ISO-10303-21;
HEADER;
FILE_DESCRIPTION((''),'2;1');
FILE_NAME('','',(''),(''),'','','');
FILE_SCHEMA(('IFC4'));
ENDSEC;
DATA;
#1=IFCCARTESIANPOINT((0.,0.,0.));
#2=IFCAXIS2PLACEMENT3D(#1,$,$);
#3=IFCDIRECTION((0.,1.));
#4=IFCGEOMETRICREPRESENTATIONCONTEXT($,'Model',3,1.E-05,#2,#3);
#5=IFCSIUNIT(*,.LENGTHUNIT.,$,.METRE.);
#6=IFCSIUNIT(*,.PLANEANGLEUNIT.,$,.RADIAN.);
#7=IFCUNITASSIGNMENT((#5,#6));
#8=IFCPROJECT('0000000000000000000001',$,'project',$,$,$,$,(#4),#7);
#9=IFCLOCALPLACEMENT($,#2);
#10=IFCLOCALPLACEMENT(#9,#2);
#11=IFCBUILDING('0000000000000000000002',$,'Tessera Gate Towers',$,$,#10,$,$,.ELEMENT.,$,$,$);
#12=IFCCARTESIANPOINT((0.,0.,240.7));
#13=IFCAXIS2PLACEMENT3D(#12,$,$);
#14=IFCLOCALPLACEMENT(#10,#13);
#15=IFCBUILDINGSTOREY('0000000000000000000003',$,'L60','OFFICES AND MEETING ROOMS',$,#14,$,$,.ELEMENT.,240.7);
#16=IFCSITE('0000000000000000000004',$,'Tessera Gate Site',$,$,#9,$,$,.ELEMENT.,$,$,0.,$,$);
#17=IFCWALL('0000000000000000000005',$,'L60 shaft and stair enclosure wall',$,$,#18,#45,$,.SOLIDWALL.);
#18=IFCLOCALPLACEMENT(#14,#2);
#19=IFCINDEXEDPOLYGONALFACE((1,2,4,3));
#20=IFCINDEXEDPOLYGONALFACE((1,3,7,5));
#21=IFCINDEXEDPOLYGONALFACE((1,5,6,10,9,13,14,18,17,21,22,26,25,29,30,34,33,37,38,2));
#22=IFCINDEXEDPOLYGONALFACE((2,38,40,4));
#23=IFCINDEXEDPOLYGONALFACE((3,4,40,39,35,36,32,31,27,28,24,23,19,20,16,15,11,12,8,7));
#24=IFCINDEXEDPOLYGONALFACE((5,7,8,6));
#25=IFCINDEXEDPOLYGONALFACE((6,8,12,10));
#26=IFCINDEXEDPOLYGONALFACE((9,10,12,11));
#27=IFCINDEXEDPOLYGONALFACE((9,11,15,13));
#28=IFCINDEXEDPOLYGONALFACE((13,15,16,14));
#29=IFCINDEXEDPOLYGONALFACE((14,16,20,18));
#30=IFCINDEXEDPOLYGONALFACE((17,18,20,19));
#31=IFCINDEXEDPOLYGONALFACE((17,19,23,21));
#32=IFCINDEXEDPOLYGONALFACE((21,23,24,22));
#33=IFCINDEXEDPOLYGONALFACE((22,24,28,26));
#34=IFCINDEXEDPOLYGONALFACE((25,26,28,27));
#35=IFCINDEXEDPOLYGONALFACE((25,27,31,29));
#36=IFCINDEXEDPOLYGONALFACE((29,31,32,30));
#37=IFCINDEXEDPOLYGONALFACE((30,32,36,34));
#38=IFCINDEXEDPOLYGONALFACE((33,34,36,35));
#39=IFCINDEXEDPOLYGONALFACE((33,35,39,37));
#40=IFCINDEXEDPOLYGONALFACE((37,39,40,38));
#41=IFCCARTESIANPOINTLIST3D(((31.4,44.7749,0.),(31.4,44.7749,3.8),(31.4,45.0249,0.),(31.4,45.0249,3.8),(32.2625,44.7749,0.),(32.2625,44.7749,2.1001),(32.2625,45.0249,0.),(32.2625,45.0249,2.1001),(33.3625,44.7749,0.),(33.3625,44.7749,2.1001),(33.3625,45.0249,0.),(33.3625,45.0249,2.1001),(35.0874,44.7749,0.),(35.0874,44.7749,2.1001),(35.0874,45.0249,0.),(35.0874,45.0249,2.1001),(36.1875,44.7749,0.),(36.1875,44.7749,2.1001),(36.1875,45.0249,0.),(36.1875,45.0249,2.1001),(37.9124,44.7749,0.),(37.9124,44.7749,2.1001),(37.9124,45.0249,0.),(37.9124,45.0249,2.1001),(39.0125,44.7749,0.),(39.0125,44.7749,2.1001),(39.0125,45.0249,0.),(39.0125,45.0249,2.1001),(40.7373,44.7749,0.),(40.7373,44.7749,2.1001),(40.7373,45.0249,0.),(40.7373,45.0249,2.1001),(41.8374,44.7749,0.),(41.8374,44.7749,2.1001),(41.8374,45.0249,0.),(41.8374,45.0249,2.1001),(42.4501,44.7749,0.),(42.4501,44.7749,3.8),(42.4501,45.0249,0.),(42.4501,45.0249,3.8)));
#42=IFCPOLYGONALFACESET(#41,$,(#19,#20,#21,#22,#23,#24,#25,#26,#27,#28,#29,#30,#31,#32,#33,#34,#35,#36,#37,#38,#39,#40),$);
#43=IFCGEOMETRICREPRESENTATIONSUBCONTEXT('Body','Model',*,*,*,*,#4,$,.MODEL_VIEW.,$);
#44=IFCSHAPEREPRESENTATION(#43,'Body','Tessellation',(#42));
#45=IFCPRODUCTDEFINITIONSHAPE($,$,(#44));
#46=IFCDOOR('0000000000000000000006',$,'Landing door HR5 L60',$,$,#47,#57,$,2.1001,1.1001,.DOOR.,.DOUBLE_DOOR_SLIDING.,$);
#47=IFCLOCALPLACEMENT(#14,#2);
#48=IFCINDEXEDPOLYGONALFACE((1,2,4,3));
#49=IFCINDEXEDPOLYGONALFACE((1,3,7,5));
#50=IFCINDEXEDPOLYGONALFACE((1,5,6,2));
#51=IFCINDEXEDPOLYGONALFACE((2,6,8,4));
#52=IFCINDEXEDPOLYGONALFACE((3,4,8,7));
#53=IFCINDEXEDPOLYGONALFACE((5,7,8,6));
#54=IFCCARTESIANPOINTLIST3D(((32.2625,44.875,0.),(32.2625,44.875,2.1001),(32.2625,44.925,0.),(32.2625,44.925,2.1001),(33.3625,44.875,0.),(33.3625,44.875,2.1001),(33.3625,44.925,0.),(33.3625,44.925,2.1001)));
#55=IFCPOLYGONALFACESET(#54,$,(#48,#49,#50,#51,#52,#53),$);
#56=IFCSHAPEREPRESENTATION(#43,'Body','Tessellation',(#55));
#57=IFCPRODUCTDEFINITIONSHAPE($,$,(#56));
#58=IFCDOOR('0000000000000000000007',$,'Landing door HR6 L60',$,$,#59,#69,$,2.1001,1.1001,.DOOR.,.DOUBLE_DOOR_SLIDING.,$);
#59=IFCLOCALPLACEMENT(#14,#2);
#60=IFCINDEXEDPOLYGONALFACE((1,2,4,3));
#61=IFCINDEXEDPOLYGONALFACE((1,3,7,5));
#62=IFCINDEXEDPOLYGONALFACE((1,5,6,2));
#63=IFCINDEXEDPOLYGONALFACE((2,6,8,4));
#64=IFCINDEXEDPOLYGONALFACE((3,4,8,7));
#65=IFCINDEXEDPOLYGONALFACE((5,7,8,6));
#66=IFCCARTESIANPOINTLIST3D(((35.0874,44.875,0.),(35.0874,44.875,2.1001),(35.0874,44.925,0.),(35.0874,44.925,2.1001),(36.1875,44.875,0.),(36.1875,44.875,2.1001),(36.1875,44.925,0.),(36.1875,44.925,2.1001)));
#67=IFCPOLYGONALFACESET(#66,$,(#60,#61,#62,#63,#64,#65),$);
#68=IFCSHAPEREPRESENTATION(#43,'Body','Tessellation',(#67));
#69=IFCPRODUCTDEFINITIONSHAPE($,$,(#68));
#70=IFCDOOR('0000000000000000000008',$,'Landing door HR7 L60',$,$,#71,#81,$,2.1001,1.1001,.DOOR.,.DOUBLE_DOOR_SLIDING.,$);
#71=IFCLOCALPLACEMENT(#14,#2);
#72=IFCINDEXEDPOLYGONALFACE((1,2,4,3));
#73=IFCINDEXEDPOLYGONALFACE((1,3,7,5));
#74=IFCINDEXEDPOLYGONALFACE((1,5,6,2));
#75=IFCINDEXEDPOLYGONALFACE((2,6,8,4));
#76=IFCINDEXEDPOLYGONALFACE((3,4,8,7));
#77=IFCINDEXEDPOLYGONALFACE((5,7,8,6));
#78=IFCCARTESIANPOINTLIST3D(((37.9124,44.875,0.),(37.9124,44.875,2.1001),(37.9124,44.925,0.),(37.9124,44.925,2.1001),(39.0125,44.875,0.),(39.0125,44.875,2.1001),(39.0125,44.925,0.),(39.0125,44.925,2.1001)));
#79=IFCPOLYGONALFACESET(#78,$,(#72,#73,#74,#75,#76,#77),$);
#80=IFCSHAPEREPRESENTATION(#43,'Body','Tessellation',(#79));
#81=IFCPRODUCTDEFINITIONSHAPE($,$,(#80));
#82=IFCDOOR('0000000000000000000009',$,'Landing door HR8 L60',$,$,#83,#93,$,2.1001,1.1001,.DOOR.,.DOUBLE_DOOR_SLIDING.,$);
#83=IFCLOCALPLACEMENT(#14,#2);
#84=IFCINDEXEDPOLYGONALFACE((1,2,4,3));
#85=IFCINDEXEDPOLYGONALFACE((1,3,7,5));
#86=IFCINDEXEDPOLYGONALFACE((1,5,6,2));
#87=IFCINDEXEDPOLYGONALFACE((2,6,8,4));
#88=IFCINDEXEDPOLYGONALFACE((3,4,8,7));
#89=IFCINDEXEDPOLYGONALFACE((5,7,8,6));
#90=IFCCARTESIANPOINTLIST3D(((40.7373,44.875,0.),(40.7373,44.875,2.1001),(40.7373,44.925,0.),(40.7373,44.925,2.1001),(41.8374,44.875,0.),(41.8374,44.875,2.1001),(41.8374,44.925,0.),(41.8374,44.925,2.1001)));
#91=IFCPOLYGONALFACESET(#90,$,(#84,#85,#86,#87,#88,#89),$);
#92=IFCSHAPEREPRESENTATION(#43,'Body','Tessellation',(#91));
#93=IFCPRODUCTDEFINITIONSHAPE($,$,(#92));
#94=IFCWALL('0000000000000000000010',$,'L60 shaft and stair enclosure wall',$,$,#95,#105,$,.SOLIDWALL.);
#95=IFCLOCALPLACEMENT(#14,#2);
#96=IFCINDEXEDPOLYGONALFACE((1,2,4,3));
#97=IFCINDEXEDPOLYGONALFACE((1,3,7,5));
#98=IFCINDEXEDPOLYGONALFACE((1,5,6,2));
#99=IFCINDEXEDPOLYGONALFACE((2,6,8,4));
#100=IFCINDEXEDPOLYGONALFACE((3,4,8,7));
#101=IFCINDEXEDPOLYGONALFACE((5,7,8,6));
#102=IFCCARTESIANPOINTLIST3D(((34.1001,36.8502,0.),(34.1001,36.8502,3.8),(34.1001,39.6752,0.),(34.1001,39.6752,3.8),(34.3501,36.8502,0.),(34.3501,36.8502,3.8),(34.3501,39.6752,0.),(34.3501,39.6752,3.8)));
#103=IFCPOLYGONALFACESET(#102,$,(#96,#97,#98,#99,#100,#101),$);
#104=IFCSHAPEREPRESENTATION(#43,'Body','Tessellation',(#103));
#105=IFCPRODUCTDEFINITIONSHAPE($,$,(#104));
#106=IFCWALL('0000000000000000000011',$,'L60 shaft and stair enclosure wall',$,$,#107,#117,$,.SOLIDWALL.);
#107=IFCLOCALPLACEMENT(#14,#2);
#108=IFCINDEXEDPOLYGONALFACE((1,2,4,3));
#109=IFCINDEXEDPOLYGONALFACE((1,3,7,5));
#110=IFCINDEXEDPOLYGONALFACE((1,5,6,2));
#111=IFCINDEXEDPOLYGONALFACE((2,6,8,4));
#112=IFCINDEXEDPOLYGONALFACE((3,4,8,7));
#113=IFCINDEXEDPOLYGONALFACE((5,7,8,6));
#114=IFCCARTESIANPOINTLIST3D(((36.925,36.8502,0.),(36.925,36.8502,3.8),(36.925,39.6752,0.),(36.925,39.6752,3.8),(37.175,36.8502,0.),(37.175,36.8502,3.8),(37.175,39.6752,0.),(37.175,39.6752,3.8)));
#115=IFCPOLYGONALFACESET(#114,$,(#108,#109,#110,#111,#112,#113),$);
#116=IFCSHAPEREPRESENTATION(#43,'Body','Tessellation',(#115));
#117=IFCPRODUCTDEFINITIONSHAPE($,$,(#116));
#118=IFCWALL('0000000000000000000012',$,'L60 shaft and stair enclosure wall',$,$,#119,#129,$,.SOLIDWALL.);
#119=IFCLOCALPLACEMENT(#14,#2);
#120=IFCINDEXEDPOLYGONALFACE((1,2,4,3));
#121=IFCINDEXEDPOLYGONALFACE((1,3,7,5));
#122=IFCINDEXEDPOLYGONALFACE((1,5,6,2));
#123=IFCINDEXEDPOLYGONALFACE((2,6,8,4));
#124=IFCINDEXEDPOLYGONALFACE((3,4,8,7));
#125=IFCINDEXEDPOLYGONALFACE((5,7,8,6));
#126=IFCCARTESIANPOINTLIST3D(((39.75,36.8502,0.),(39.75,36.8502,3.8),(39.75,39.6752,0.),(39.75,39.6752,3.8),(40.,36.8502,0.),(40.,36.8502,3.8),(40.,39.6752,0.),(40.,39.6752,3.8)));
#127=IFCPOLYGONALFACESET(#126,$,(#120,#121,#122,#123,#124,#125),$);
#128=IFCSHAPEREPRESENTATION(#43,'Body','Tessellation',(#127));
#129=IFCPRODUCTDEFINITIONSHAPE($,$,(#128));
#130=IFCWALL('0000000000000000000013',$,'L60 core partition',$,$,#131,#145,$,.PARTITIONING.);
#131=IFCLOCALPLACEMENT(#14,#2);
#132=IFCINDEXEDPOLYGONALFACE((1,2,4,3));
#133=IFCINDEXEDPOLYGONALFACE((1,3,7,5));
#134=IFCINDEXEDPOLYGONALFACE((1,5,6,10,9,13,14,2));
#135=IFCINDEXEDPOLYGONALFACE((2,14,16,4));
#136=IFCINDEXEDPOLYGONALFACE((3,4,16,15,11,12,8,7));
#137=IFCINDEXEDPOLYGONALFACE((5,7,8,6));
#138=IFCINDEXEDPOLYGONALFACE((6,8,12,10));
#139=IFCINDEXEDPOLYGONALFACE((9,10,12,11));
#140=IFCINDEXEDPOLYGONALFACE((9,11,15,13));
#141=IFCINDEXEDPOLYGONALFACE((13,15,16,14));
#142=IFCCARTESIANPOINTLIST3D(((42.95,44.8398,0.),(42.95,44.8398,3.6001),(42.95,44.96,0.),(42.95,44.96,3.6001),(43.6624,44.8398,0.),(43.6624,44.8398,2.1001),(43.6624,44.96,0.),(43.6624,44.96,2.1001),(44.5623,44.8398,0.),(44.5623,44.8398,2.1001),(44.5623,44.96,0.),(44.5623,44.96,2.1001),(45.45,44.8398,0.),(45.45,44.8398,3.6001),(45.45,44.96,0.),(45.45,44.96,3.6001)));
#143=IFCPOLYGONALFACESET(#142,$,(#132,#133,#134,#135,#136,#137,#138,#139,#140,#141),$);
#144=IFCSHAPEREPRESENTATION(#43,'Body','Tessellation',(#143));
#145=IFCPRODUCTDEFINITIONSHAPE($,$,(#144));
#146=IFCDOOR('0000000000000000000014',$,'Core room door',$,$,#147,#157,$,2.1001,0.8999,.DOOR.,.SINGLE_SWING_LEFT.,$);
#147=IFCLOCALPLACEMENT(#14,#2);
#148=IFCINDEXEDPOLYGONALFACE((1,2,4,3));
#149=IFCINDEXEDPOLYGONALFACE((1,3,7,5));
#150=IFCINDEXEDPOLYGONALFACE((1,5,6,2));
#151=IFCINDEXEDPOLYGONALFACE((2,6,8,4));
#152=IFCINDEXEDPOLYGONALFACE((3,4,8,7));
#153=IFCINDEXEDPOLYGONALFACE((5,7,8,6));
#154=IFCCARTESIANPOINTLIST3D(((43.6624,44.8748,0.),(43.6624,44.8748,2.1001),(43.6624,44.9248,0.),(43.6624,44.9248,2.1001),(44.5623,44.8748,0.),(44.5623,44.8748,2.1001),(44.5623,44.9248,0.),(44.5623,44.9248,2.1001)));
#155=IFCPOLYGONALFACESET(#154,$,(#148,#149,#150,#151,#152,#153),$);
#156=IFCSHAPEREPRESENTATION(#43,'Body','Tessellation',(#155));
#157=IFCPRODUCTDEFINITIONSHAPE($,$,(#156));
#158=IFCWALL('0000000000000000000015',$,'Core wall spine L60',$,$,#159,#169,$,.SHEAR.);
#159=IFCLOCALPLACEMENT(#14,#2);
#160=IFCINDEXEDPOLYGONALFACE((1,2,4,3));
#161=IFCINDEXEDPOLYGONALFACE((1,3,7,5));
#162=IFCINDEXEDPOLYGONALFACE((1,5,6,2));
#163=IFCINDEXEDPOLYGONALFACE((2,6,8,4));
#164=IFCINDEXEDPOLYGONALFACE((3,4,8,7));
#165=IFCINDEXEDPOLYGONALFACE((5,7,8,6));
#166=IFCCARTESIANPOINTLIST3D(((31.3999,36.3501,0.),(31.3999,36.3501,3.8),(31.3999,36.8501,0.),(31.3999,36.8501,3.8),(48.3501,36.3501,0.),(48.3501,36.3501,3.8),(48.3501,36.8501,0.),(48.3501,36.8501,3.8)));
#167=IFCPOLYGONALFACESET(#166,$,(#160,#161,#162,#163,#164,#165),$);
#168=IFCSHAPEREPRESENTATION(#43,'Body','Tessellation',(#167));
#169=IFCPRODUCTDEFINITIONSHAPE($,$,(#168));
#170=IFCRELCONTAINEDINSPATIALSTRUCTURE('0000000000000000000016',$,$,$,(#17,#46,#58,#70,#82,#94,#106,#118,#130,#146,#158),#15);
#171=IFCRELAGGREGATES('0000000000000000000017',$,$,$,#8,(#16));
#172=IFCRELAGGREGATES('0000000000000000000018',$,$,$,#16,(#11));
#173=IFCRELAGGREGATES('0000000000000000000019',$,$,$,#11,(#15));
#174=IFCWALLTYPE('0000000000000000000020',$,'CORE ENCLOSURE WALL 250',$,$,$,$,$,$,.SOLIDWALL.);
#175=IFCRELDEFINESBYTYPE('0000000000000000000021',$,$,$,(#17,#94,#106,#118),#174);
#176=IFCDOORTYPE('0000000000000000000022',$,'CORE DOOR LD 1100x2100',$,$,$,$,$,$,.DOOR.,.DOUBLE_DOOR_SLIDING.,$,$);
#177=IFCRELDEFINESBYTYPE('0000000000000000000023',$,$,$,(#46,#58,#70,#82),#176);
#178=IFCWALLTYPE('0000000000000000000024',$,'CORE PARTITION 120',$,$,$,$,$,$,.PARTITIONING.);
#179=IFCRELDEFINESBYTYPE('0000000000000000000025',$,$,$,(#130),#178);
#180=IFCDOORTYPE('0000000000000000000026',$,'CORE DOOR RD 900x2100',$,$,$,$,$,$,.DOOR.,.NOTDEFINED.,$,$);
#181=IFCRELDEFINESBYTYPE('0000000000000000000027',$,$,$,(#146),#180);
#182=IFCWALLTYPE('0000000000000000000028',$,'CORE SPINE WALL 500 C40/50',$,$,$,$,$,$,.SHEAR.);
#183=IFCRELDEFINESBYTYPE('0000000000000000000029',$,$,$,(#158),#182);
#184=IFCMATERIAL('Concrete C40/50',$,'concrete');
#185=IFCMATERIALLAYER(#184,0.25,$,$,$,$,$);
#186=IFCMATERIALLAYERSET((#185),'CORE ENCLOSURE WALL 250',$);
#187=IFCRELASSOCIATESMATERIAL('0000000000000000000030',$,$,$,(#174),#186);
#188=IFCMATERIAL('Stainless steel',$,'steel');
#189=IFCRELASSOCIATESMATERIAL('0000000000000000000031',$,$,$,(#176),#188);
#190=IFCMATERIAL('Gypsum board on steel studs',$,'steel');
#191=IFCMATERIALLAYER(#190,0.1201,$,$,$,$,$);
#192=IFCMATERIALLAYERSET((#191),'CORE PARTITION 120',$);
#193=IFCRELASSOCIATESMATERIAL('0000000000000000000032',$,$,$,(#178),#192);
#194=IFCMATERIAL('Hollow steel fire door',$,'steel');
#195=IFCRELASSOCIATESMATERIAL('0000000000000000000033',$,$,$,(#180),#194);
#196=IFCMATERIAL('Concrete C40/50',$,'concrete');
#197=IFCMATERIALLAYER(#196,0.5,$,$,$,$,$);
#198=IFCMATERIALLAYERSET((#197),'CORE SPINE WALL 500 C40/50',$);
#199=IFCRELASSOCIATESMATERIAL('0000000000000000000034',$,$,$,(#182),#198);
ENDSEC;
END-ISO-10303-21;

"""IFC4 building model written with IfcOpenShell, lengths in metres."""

from ifc_helpers import new_model, si_unit, direction, frame, frame_2d, origin, place, context, subcontext, project, spatial, rectangle, extrude, source, transform, mapped, material, layer, layer_set, type_object, element, fill, save


model = new_model("IFC4")

# Units and contexts
model_context = context("Model", 3, precision=1e-05, world=origin(), true_north=direction((0.0, 1.0)))
body_context = subcontext(model_context, "Body", "Model", "MODEL_VIEW")
ifc_project = project(units=[si_unit("LENGTHUNIT", "METRE"), si_unit("PLANEANGLEUNIT", "RADIAN")], contexts=[model_context])

# Site, building, storey
site_placement = place(None, origin())
site = spatial("IfcSite", under=ifc_project, at=site_placement, Name="Tessera Gate Site", CompositionType="ELEMENT", RefElevation=0.0)
building_placement = place(site_placement, origin())
building = spatial("IfcBuilding", under=site, at=building_placement, Name="Tessera Gate Towers", CompositionType="ELEMENT")
storey_placement = place(building_placement, frame((0.0, 0.0, 240.7)))
storey = spatial("IfcBuildingStorey", under=building, at=storey_placement, Name="L60", Description="OFFICES AND MEETING ROOMS", CompositionType="ELEMENT", Elevation=240.7)

# Wall, openings, doors
ifc_material_1 = material(Name="Concrete C40/50", Category="concrete")
ifc_layer_1 = layer(ifc_material_1, 0.25)
ifc_layer_set_1 = layer_set([ifc_layer_1], Name="CORE ENCLOSURE WALL 250")
wall_type_1 = type_object("IfcWallType", Name="CORE ENCLOSURE WALL 250", PredefinedType="SOLIDWALL", material=ifc_layer_set_1)
shared_shape_1 = source(origin(), body_context, "Body", "SweptSolid", [
    extrude(rectangle(XDim=1.1001, YDim=2.1001, at=frame_2d((0.55, 1.05))), frame((0.0, 0.135, 0.0), z_axis=(0.0, -1.0, 0.0), x_axis=(1.0, 0.0, 0.0)), (0.0, 0.0, 1.0), 0.27),
])
ifc_material_2 = material(Name="Stainless steel", Category="steel")
door_type_1 = type_object("IfcDoorType", Name="CORE DOOR LD 1100x2100", OperationType="DOUBLE_DOOR_SLIDING", PredefinedType="DOOR", material=ifc_material_2)
shared_shape_2 = source(origin(), body_context, "Body", "SweptSolid", [
    extrude(rectangle(XDim=1.1001, YDim=2.1001, at=frame_2d((0.55, 1.05))), frame((0.0, 0.0249, 0.0), z_axis=(0.0, -1.0, 0.0), x_axis=(1.0, 0.0, 0.0)), (0.0, 0.0, 1.0), 0.05),
])
wall_1_placement = place(storey_placement, frame((42.45, 44.8999, 0.0), z_axis=(0.0, 0.0, 1.0), x_axis=(-1.0, 0.0, 0.0)))
wall_1 = element("IfcWall", 1, at=wall_1_placement, inside=storey, type_object=wall_type_1, Name="L60 shaft and stair enclosure wall", PredefinedType="SOLIDWALL", context=body_context, shape_type="SweptSolid", body=[
    extrude(rectangle(XDim=11.05, YDim=0.25, at=frame_2d((5.5249, 0.0))), origin(), (0.0, 0.0, 1.0), 3.8),
])
opening_1_placement = place(wall_1_placement, frame((9.0874, 0.0, 0.0)))
opening_1 = element("IfcOpeningElement", 2, at=opening_1_placement, cuts=wall_1, PredefinedType="OPENING", context=body_context, shape_type="MappedRepresentation", body=[
    mapped(shared_shape_1, transform((0.0, 0.0, 0.0), scale=1.0)),
])
opening_2_placement = place(wall_1_placement, frame((6.2625, 0.0, 0.0)))
opening_2 = element("IfcOpeningElement", 3, at=opening_2_placement, cuts=wall_1, PredefinedType="OPENING", context=body_context, shape_type="MappedRepresentation", body=[
    mapped(shared_shape_1, transform((0.0, 0.0, 0.0), scale=1.0)),
])
opening_3_placement = place(wall_1_placement, frame((3.4375, 0.0, 0.0)))
opening_3 = element("IfcOpeningElement", 4, at=opening_3_placement, cuts=wall_1, PredefinedType="OPENING", context=body_context, shape_type="MappedRepresentation", body=[
    mapped(shared_shape_1, transform((0.0, 0.0, 0.0), scale=1.0)),
])
opening_4_placement = place(wall_1_placement, frame((0.6125, 0.0, 0.0)))
opening_4 = element("IfcOpeningElement", 5, at=opening_4_placement, cuts=wall_1, PredefinedType="OPENING", context=body_context, shape_type="MappedRepresentation", body=[
    mapped(shared_shape_1, transform((0.0, 0.0, 0.0), scale=1.0)),
])
door_1_placement = place(opening_1_placement, origin())
door_1 = element("IfcDoor", 6, at=door_1_placement, inside=storey, type_object=door_type_1, Name="Landing door HR5 L60", OperationType="DOUBLE_DOOR_SLIDING", OverallHeight=2.1001, OverallWidth=1.1001, PredefinedType="DOOR", context=body_context, shape_type="MappedRepresentation", body=[
    mapped(shared_shape_2, transform((0.0, 0.0, 0.0), scale=1.0)),
])
fill(opening_1, door_1)
door_2_placement = place(opening_2_placement, origin())
door_2 = element("IfcDoor", 7, at=door_2_placement, inside=storey, type_object=door_type_1, Name="Landing door HR6 L60", OperationType="DOUBLE_DOOR_SLIDING", OverallHeight=2.1001, OverallWidth=1.1001, PredefinedType="DOOR", context=body_context, shape_type="MappedRepresentation", body=[
    mapped(shared_shape_2, transform((0.0, 0.0, 0.0), scale=1.0)),
])
fill(opening_2, door_2)
door_3_placement = place(opening_3_placement, origin())
door_3 = element("IfcDoor", 8, at=door_3_placement, inside=storey, type_object=door_type_1, Name="Landing door HR7 L60", OperationType="DOUBLE_DOOR_SLIDING", OverallHeight=2.1001, OverallWidth=1.1001, PredefinedType="DOOR", context=body_context, shape_type="MappedRepresentation", body=[
    mapped(shared_shape_2, transform((0.0, 0.0, 0.0), scale=1.0)),
])
fill(opening_3, door_3)
door_4_placement = place(opening_4_placement, origin())
door_4 = element("IfcDoor", 9, at=door_4_placement, inside=storey, type_object=door_type_1, Name="Landing door HR8 L60", OperationType="DOUBLE_DOOR_SLIDING", OverallHeight=2.1001, OverallWidth=1.1001, PredefinedType="DOOR", context=body_context, shape_type="MappedRepresentation", body=[
    mapped(shared_shape_2, transform((0.0, 0.0, 0.0), scale=1.0)),
])
fill(opening_4, door_4)

# Walls
for number, where, z_axis, x_axis, name in (
    (10, (34.2251, 36.8501, 0.0), (0.0, 0.0, 1.0), (0.0, 1.0, 0.0), "L60 shaft and stair enclosure wall"),
    (11, (37.05, 36.8501, 0.0), (0.0, 0.0, 1.0), (0.0, 1.0, 0.0), "L60 shaft and stair enclosure wall"),
    (12, (39.875, 36.8501, 0.0), (0.0, 0.0, 1.0), (0.0, 1.0, 0.0), "L60 shaft and stair enclosure wall"),
):
    element("IfcWall", number, at=place(storey_placement, frame(where, z_axis=z_axis, x_axis=x_axis)), inside=storey, type_object=wall_type_1, Name=name, PredefinedType="SOLIDWALL", context=body_context, shape_type="SweptSolid", body=[
        extrude(rectangle(XDim=2.825, YDim=0.25, at=frame_2d((1.4126, 0.0))), origin(), (0.0, 0.0, 1.0), 3.8),
    ])

# Wall, opening, door
ifc_material_3 = material(Name="Gypsum board on steel studs", Category="steel")
ifc_layer_2 = layer(ifc_material_3, 0.1201)
ifc_layer_set_2 = layer_set([ifc_layer_2], Name="CORE PARTITION 120")
wall_type_2 = type_object("IfcWallType", Name="CORE PARTITION 120", PredefinedType="PARTITIONING", material=ifc_layer_set_2)
wall_2_placement = place(storey_placement, frame((42.95, 44.8999, 0.0), z_axis=(0.0, 0.0, 1.0), x_axis=(1.0, 0.0, 0.0)))
wall_2 = element("IfcWall", 13, at=wall_2_placement, inside=storey, type_object=wall_type_2, Name="L60 core partition", PredefinedType="PARTITIONING", context=body_context, shape_type="SweptSolid", body=[
    extrude(rectangle(XDim=2.5, YDim=0.1201, at=frame_2d((1.25, 0.0))), origin(), (0.0, 0.0, 1.0), 3.6001),
])
shared_shape_3 = source(origin(), body_context, "Body", "SweptSolid", [
    extrude(rectangle(XDim=0.8999, YDim=2.1001, at=frame_2d((0.45, 1.05))), frame((0.0, 0.0701, 0.0), z_axis=(0.0, -1.0, 0.0), x_axis=(1.0, 0.0, 0.0)), (0.0, 0.0, 1.0), 0.1401),
])
opening_5_placement = place(wall_2_placement, frame((0.7124, 0.0, 0.0)))
opening_5 = element("IfcOpeningElement", 14, at=opening_5_placement, cuts=wall_2, PredefinedType="OPENING", context=body_context, shape_type="MappedRepresentation", body=[
    mapped(shared_shape_3, transform((0.0, 0.0, 0.0), scale=1.0)),
])
ifc_material_4 = material(Name="Hollow steel fire door", Category="steel")
door_type_2 = type_object("IfcDoorType", Name="CORE DOOR RD 900x2100", OperationType="NOTDEFINED", PredefinedType="DOOR", material=ifc_material_4)
shared_shape_4 = source(origin(), body_context, "Body", "SweptSolid", [
    extrude(rectangle(XDim=0.8999, YDim=2.1001, at=frame_2d((0.45, 1.05))), frame((0.0, 0.0249, 0.0), z_axis=(0.0, -1.0, 0.0), x_axis=(1.0, 0.0, 0.0)), (0.0, 0.0, 1.0), 0.05),
])
door_5_placement = place(opening_5_placement, origin())
door_5 = element("IfcDoor", 15, at=door_5_placement, inside=storey, type_object=door_type_2, Name="Core room door", OperationType="SINGLE_SWING_LEFT", OverallHeight=2.1001, OverallWidth=0.8999, PredefinedType="DOOR", context=body_context, shape_type="MappedRepresentation", body=[
    mapped(shared_shape_4, transform((0.0, 0.0, 0.0), scale=1.0)),
])
fill(opening_5, door_5)

# Wall
ifc_material_5 = material(Name="Concrete C40/50", Category="concrete")
ifc_layer_3 = layer(ifc_material_5, 0.5)
ifc_layer_set_3 = layer_set([ifc_layer_3], Name="CORE SPINE WALL 500 C40/50")
wall_type_3 = type_object("IfcWallType", Name="CORE SPINE WALL 500 C40/50", PredefinedType="SHEAR", material=ifc_layer_set_3)
wall_3_placement = place(storey_placement, frame((31.3999, 36.6001, 0.0), z_axis=(0.0, 0.0, 1.0), x_axis=(1.0, 0.0, 0.0)))
element("IfcWall", 16, at=wall_3_placement, inside=storey, type_object=wall_type_3, Name="Core wall spine L60", PredefinedType="SHEAR", context=body_context, shape_type="SweptSolid", body=[
    extrude(rectangle(XDim=16.9502, YDim=0.5, at=frame_2d((8.4751, 0.0))), origin(), (0.0, 0.0, 1.0), 3.8),
])

save(model, "model.ifc")
